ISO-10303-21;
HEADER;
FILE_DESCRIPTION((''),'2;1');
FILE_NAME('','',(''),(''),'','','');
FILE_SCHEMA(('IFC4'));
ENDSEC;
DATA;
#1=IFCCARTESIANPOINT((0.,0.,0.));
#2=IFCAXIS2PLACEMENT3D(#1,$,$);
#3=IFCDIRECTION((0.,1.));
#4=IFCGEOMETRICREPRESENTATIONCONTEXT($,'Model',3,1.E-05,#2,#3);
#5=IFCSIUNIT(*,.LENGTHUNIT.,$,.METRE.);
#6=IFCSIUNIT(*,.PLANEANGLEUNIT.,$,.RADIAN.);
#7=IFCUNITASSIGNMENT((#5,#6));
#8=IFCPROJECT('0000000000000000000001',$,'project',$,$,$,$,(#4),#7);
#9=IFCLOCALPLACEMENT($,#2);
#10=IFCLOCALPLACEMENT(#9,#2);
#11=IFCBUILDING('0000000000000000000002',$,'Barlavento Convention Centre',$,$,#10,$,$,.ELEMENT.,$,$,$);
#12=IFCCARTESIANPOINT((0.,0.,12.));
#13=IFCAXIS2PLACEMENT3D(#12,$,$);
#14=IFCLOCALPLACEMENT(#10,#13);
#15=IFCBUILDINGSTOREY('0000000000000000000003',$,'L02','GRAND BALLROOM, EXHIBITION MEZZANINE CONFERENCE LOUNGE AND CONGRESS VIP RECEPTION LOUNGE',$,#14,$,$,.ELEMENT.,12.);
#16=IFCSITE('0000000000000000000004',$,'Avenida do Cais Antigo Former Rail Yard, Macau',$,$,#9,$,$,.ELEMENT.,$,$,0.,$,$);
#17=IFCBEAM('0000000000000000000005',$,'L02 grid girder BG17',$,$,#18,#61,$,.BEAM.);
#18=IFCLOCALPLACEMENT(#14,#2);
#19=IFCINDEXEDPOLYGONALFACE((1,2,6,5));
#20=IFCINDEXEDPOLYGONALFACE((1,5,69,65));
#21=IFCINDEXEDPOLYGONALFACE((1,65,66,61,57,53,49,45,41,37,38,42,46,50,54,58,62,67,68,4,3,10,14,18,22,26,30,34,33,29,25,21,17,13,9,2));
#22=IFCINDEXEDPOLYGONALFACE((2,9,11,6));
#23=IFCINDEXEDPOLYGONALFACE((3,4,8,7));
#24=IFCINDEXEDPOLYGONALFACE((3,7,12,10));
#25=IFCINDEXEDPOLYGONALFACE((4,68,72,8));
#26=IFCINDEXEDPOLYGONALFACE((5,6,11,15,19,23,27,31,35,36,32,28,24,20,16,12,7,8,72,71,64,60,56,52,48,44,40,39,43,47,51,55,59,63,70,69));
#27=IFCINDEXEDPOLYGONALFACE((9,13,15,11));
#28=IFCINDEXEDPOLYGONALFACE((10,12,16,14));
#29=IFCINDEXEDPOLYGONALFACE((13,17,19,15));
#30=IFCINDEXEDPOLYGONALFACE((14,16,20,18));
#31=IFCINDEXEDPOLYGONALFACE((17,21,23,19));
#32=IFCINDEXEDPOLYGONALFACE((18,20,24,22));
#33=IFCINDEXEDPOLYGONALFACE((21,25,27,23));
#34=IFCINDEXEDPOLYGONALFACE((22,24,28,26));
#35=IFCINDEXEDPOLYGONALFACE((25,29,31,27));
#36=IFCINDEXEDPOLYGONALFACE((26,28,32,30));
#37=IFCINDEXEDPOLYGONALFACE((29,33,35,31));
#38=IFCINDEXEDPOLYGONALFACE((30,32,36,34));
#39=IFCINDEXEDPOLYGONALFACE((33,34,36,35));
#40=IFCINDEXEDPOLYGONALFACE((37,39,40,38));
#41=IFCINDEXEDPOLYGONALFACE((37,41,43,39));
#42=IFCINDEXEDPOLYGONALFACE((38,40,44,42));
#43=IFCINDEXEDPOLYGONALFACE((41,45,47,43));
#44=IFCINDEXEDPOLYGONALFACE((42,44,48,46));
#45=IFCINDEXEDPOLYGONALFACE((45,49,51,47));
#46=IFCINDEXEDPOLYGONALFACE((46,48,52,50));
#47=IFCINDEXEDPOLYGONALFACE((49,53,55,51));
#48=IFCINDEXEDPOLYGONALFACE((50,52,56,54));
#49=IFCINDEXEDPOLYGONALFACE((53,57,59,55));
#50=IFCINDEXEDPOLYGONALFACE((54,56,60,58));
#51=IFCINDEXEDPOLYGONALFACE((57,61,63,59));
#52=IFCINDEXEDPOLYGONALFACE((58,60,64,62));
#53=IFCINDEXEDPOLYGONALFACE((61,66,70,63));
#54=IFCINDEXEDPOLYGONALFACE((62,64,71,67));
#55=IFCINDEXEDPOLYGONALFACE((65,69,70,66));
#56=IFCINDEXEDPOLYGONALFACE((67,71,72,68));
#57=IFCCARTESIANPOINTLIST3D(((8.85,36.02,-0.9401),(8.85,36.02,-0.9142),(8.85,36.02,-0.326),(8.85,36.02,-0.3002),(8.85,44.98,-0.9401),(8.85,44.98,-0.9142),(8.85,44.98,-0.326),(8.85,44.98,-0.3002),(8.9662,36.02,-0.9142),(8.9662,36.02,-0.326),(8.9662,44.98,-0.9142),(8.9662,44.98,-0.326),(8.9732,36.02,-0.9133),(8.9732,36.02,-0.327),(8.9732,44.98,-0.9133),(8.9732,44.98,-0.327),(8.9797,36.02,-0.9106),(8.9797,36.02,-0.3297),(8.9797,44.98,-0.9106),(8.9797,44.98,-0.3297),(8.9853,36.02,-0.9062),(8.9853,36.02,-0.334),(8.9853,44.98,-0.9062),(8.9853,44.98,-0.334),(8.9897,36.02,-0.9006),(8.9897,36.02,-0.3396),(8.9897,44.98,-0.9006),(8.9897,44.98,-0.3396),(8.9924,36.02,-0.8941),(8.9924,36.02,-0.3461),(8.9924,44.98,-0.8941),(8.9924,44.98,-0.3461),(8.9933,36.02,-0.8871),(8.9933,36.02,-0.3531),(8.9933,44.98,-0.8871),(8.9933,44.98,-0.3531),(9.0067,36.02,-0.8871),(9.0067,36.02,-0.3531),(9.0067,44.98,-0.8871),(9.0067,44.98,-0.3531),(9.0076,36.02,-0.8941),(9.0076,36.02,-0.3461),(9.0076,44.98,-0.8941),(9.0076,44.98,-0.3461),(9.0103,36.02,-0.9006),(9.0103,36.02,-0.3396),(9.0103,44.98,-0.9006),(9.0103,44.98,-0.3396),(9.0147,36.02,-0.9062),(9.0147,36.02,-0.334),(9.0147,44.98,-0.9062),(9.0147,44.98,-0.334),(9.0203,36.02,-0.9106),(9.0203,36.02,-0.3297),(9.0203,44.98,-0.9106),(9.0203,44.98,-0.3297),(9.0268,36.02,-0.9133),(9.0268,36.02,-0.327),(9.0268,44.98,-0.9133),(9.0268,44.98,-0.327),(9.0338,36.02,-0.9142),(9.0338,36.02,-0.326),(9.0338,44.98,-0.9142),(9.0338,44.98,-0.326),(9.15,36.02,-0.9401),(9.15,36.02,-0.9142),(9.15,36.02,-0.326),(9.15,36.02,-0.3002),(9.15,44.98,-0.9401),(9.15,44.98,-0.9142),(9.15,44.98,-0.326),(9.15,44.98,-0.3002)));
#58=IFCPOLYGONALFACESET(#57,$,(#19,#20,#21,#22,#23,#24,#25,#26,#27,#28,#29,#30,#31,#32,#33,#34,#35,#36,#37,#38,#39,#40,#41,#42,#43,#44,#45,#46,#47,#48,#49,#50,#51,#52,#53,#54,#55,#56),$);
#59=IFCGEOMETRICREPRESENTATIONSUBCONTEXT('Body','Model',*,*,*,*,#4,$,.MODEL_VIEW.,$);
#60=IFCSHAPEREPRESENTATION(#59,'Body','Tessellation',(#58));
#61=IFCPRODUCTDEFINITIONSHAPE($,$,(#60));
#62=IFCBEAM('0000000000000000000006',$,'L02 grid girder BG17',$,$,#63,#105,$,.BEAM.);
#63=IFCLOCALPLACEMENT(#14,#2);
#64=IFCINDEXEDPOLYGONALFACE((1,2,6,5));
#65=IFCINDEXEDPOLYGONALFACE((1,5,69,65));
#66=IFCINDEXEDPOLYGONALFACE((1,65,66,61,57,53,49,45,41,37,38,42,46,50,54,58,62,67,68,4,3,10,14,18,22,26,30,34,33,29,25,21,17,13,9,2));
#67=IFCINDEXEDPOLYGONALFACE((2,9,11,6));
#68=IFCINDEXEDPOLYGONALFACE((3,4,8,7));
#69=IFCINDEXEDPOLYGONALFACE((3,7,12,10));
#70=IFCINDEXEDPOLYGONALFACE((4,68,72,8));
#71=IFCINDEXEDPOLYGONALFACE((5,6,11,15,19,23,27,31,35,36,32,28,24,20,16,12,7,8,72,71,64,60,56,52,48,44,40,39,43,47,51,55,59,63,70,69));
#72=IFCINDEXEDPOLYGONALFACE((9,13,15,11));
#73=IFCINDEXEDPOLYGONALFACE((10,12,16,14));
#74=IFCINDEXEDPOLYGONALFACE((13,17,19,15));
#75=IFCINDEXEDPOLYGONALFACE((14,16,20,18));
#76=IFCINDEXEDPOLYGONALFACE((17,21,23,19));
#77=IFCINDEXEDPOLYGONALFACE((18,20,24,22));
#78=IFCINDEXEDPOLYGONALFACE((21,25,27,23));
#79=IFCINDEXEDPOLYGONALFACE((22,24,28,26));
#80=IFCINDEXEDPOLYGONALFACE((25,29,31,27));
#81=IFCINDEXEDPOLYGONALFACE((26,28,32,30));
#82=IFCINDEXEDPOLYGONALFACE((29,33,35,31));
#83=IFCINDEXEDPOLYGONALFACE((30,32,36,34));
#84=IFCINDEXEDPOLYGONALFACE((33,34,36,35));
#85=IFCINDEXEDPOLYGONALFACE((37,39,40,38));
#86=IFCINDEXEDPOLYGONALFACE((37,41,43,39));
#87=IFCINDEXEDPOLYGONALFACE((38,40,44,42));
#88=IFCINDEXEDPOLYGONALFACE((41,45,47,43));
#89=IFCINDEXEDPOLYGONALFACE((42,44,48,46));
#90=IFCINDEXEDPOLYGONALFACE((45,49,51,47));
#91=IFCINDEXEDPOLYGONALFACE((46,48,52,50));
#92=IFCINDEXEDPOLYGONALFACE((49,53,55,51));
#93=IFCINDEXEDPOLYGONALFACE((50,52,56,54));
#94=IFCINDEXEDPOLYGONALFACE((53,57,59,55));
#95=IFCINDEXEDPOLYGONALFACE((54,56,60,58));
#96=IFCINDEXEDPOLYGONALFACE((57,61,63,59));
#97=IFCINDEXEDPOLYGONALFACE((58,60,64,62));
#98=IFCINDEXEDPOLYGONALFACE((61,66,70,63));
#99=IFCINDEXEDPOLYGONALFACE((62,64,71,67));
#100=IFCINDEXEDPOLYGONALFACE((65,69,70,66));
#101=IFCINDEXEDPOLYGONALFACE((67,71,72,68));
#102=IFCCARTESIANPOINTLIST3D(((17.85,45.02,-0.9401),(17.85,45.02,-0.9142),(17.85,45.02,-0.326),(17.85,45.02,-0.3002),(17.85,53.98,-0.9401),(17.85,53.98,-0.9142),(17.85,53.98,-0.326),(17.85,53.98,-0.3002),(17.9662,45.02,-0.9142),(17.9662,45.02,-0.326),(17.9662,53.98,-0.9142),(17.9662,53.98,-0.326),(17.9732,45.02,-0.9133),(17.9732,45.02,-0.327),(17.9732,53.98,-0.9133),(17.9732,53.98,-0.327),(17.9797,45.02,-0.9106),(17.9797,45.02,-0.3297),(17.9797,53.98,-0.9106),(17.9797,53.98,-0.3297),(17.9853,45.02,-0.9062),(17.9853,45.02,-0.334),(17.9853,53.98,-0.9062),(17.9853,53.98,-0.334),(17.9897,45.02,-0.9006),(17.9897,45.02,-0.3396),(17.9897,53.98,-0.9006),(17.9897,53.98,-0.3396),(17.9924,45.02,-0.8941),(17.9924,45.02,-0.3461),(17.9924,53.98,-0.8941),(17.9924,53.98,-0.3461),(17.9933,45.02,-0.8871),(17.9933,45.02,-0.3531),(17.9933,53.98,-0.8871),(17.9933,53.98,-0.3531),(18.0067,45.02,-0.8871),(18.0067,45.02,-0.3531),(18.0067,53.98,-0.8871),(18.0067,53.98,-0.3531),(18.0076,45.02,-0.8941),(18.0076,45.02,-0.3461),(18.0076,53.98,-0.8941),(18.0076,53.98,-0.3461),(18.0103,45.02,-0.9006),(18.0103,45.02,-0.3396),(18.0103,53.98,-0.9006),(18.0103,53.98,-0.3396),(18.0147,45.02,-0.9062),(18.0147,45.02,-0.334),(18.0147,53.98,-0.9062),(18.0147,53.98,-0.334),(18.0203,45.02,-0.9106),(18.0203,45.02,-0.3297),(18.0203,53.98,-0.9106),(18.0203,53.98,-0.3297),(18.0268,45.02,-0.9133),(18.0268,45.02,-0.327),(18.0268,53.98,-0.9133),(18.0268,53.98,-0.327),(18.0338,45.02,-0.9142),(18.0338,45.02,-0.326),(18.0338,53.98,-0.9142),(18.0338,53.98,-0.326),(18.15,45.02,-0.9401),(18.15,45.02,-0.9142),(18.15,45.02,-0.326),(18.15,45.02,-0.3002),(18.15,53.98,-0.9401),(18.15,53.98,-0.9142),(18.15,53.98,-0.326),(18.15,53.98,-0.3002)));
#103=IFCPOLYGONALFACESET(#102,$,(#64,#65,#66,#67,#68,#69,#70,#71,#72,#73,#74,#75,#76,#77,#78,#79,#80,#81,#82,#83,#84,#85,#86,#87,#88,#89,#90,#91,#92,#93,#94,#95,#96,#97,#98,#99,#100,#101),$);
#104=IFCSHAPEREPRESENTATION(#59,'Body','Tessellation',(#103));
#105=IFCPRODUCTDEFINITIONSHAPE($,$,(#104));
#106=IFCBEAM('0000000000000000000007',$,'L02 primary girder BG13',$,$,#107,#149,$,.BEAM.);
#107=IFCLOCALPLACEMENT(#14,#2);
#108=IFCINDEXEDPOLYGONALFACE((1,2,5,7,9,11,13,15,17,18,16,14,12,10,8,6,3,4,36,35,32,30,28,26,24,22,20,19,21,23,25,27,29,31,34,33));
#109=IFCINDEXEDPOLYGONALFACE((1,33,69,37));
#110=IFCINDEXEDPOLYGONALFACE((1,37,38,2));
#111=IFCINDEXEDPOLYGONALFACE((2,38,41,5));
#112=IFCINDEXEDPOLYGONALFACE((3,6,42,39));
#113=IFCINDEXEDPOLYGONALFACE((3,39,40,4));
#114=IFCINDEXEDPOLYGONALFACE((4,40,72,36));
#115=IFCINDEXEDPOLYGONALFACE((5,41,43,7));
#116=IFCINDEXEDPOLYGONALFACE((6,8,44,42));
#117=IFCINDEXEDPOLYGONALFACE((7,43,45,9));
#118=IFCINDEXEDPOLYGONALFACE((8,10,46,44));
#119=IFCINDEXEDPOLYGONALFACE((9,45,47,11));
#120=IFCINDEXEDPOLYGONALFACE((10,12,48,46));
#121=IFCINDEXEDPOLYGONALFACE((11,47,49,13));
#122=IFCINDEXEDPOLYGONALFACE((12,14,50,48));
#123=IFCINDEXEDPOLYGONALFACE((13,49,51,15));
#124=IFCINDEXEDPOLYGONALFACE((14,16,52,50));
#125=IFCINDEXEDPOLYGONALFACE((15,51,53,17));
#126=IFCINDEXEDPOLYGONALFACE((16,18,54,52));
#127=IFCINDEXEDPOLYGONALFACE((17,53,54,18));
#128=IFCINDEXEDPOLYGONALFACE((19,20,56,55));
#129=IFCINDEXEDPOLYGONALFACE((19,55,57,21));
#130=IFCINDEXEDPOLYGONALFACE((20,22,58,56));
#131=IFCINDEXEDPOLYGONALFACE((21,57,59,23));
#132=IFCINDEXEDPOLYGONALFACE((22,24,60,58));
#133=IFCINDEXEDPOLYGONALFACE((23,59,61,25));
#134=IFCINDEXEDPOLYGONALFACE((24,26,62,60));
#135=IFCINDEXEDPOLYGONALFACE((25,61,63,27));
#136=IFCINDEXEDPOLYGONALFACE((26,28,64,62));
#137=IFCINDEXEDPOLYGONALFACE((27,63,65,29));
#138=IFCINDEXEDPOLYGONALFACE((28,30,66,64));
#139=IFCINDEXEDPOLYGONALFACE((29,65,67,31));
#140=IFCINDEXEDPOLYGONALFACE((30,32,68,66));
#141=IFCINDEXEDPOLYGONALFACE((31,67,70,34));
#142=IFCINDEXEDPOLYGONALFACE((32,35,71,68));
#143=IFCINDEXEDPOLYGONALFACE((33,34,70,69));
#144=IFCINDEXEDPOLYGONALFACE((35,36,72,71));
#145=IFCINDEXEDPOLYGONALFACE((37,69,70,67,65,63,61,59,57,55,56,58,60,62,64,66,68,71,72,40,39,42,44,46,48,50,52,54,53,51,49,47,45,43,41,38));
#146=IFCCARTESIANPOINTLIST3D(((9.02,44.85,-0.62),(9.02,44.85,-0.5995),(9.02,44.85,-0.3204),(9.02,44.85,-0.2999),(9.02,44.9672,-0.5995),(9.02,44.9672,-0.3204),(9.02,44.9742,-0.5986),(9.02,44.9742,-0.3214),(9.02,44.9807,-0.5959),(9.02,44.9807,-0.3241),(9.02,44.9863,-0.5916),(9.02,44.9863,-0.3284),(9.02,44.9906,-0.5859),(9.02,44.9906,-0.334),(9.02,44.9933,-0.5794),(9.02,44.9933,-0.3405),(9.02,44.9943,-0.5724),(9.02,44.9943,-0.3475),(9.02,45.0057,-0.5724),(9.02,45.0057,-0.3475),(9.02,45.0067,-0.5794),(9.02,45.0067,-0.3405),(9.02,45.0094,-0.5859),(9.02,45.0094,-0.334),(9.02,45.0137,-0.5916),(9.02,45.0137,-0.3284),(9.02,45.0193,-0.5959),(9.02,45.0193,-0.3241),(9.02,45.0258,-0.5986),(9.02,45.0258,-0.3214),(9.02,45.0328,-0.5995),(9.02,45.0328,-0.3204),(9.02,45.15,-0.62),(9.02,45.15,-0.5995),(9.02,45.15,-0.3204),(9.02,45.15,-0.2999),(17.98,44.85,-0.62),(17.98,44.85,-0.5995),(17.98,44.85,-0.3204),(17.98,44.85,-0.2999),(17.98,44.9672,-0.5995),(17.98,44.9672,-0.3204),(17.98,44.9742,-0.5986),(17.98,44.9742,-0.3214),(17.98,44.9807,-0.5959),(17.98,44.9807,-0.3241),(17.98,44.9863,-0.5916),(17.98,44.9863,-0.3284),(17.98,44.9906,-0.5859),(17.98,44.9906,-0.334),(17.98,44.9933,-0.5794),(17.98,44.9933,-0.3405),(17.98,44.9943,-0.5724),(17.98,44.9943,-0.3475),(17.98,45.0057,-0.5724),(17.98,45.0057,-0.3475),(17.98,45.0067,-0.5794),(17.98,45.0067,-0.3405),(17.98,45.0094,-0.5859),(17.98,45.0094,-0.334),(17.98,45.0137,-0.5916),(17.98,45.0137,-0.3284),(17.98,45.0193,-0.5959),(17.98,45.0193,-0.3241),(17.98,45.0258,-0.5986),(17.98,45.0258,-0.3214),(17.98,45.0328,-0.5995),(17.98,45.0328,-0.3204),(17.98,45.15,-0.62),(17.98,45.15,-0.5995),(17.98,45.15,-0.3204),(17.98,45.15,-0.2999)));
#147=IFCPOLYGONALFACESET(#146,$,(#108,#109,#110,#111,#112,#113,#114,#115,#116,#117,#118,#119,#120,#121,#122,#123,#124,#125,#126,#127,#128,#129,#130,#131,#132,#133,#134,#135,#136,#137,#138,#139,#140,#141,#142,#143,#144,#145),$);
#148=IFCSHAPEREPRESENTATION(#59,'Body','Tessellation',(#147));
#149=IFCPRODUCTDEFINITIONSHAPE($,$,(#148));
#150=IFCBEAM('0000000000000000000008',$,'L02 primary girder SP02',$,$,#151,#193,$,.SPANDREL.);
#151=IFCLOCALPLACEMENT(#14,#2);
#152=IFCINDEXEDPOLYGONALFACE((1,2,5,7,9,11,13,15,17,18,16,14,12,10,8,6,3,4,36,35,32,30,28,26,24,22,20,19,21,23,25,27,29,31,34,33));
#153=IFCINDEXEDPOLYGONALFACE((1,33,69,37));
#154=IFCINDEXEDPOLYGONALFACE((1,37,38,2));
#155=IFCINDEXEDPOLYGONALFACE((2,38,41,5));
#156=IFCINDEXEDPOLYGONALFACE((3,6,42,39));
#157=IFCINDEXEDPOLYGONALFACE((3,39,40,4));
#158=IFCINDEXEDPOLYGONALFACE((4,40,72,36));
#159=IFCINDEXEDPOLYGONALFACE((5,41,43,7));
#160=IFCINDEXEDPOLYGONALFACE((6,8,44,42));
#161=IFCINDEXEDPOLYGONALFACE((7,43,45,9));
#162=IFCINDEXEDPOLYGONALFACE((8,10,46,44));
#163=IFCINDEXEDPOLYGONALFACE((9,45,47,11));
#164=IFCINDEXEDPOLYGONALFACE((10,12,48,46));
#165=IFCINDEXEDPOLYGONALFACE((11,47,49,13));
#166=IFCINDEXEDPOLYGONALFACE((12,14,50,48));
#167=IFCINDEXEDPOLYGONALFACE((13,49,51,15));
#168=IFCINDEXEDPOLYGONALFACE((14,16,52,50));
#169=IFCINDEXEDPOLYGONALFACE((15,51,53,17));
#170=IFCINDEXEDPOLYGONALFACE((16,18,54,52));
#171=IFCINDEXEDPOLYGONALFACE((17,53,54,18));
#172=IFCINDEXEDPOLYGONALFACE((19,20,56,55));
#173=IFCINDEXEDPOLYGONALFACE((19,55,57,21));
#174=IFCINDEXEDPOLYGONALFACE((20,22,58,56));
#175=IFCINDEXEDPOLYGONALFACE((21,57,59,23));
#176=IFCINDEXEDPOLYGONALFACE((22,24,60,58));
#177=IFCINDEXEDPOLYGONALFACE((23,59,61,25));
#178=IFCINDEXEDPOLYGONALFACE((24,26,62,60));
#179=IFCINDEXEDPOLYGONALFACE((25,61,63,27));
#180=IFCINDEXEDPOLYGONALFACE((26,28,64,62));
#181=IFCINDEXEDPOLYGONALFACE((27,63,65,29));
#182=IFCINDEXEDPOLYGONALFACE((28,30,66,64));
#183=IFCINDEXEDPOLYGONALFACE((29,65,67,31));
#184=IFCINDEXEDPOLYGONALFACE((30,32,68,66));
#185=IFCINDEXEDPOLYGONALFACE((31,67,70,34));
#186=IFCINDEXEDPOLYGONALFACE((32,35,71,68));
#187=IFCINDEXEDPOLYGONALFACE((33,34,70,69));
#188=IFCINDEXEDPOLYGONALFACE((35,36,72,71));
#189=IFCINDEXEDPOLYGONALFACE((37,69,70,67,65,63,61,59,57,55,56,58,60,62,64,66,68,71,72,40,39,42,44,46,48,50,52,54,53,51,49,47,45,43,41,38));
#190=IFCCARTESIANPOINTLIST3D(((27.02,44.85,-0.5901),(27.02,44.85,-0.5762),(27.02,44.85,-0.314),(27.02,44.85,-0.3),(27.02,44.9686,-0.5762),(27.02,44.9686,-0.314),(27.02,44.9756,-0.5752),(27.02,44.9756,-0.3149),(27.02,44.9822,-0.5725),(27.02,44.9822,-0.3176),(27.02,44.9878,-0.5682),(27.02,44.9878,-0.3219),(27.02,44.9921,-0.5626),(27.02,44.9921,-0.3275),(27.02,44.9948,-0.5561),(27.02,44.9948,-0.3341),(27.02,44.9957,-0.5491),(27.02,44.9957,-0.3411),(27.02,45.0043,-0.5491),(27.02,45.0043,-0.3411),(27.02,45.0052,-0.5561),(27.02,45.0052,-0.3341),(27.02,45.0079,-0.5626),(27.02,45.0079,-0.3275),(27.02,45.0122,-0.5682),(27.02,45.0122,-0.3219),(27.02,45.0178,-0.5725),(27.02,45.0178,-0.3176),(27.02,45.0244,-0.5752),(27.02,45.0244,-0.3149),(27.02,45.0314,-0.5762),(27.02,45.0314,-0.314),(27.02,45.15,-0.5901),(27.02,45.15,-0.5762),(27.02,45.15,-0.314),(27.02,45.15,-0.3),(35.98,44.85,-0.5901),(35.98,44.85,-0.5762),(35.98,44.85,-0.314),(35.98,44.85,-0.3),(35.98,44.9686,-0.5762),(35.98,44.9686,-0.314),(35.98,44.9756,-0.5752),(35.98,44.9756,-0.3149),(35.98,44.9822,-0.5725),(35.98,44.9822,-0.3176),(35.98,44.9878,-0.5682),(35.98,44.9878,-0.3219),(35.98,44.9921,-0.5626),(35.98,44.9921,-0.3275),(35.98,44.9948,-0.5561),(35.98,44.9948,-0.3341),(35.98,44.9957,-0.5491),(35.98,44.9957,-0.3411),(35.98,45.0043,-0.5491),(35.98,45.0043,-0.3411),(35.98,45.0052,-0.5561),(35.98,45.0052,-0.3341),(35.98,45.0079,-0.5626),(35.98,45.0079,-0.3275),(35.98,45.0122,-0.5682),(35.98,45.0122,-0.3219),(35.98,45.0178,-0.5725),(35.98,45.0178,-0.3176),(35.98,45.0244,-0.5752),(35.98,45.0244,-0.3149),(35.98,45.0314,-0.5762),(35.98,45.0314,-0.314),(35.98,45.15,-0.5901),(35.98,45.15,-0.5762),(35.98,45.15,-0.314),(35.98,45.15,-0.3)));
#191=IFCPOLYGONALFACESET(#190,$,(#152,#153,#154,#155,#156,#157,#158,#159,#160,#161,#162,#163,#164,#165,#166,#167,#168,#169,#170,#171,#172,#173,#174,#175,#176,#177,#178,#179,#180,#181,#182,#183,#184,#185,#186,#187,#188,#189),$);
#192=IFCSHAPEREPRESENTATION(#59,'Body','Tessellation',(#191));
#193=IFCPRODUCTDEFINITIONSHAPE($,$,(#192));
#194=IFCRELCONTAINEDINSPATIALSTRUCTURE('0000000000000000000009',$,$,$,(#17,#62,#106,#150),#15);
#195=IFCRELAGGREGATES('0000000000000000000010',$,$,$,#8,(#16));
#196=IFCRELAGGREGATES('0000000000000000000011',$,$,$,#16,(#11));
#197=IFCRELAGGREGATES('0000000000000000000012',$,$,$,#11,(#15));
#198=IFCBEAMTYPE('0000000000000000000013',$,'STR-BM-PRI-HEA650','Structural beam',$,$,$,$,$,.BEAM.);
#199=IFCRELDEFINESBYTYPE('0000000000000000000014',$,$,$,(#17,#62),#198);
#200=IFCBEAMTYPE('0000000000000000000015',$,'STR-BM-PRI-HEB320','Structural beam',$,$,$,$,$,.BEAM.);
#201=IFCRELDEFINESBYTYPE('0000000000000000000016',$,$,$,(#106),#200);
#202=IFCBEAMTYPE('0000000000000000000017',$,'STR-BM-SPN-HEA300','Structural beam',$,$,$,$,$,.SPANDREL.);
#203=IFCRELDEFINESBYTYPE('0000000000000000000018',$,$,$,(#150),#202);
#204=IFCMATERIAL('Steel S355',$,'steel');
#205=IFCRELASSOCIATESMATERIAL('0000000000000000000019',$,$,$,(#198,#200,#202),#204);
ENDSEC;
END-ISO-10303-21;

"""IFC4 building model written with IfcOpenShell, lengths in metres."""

from ifc_helpers import new_model, si_unit, direction, frame, origin, origin_2d, place, context, subcontext, project, spatial, i_section, extrude, material, material_profile, profile_set, type_object, element, save


model = new_model("IFC4")

# Units and contexts
model_context = context("Model", 3, precision=1e-05, world=origin(), true_north=direction((0.0, 1.0)))
body_context = subcontext(model_context, "Body", "Model", "MODEL_VIEW")
ifc_project = project(units=[si_unit("LENGTHUNIT", "METRE"), si_unit("PLANEANGLEUNIT", "RADIAN")], contexts=[model_context])

# Site, building, storey
site_placement = place(None, origin())
site = spatial("IfcSite", under=ifc_project, at=site_placement, Name="Avenida do Cais Antigo Former Rail Yard, Macau", CompositionType="ELEMENT", RefElevation=0.0)
building_placement = place(site_placement, origin())
building = spatial("IfcBuilding", under=site, at=building_placement, Name="Barlavento Convention Centre", CompositionType="ELEMENT")
storey_placement = place(building_placement, frame((0.0, 0.0, 12.0)))
storey = spatial("IfcBuildingStorey", under=building, at=storey_placement, Name="L02", Description="GRAND BALLROOM, EXHIBITION MEZZANINE CONFERENCE LOUNGE AND CONGRESS VIP RECEPTION LOUNGE", CompositionType="ELEMENT", Elevation=12.0)

# Shared definitions
ifc_material_1 = material(Name="Steel S355", Category="steel")

# Beams
ifc_material_profile_1 = material_profile(ifc_material_1, i_section(OverallWidth=0.3, OverallDepth=0.6399, WebThickness=0.0134, FlangeThickness=0.0259, FilletRadius=0.0271, at=origin_2d()), Name="HEA 650")
ifc_profile_set_1 = profile_set([ifc_material_profile_1], Name="Steel S355")
beam_type_1 = type_object("IfcBeamType", Name="STR-BM-PRI-HEA650", Description="Structural beam", PredefinedType="BEAM", material=ifc_profile_set_1)
for number, where, z_axis, x_axis, name in (
    (1, (9.0, 36.02, -0.6201), (0.0, 1.0, 0.0), (-1.0, 0.0, 0.0), "L02 grid girder BG17"),
    (2, (18.0, 45.02, -0.6201), (0.0, 1.0, 0.0), (-1.0, 0.0, 0.0), "L02 grid girder BG17"),
):
    element("IfcBeam", number, at=place(storey_placement, frame(where, z_axis=z_axis, x_axis=x_axis)), inside=storey, type_object=beam_type_1, Name=name, PredefinedType="BEAM", context=body_context, shape_type="SweptSolid", body=[
        extrude(i_section(OverallWidth=0.3, OverallDepth=0.6399, WebThickness=0.0134, FlangeThickness=0.0259, FilletRadius=0.0271, at=origin_2d()), origin(), (0.0, 0.0, 1.0), 8.96),
    ])
ifc_material_profile_2 = material_profile(ifc_material_1, i_section(OverallWidth=0.3, OverallDepth=0.3201, WebThickness=0.0115, FlangeThickness=0.0205, FilletRadius=0.0271, at=origin_2d()), Name="HEB 320")
ifc_profile_set_2 = profile_set([ifc_material_profile_2], Name="Steel S355")
beam_type_2 = type_object("IfcBeamType", Name="STR-BM-PRI-HEB320", Description="Structural beam", PredefinedType="BEAM", material=ifc_profile_set_2)
beam_1_placement = place(storey_placement, frame((9.02, 45.0, -0.46), z_axis=(1.0, 0.0, 0.0), x_axis=(0.0, 1.0, 0.0)))
element("IfcBeam", 3, at=beam_1_placement, inside=storey, type_object=beam_type_2, Name="L02 primary girder BG13", PredefinedType="BEAM", context=body_context, shape_type="SweptSolid", body=[
    extrude(i_section(OverallWidth=0.3, OverallDepth=0.3201, WebThickness=0.0115, FlangeThickness=0.0205, FilletRadius=0.0271, at=origin_2d()), origin(), (0.0, 0.0, 1.0), 8.96),
])
ifc_material_profile_3 = material_profile(ifc_material_1, i_section(OverallWidth=0.3, OverallDepth=0.29, WebThickness=0.0085, FlangeThickness=0.0139, FilletRadius=0.0271, at=origin_2d()), Name="HEA 300")
ifc_profile_set_3 = profile_set([ifc_material_profile_3], Name="Steel S355")
beam_type_3 = type_object("IfcBeamType", Name="STR-BM-SPN-HEA300", Description="Structural beam", PredefinedType="SPANDREL", material=ifc_profile_set_3)
for number, where, z_axis, x_axis, name in (
    (4, (27.02, 45.0, -0.4451), (1.0, 0.0, 0.0), (0.0, 1.0, 0.0), "L02 primary girder SP02"),
):
    element("IfcBeam", number, at=place(storey_placement, frame(where, z_axis=z_axis, x_axis=x_axis)), inside=storey, type_object=beam_type_3, Name=name, PredefinedType="SPANDREL", context=body_context, shape_type="SweptSolid", body=[
        extrude(i_section(OverallWidth=0.3, OverallDepth=0.29, WebThickness=0.0085, FlangeThickness=0.0139, FilletRadius=0.0271, at=origin_2d()), origin(), (0.0, 0.0, 1.0), 8.96),
    ])

save(model, "model.ifc")
